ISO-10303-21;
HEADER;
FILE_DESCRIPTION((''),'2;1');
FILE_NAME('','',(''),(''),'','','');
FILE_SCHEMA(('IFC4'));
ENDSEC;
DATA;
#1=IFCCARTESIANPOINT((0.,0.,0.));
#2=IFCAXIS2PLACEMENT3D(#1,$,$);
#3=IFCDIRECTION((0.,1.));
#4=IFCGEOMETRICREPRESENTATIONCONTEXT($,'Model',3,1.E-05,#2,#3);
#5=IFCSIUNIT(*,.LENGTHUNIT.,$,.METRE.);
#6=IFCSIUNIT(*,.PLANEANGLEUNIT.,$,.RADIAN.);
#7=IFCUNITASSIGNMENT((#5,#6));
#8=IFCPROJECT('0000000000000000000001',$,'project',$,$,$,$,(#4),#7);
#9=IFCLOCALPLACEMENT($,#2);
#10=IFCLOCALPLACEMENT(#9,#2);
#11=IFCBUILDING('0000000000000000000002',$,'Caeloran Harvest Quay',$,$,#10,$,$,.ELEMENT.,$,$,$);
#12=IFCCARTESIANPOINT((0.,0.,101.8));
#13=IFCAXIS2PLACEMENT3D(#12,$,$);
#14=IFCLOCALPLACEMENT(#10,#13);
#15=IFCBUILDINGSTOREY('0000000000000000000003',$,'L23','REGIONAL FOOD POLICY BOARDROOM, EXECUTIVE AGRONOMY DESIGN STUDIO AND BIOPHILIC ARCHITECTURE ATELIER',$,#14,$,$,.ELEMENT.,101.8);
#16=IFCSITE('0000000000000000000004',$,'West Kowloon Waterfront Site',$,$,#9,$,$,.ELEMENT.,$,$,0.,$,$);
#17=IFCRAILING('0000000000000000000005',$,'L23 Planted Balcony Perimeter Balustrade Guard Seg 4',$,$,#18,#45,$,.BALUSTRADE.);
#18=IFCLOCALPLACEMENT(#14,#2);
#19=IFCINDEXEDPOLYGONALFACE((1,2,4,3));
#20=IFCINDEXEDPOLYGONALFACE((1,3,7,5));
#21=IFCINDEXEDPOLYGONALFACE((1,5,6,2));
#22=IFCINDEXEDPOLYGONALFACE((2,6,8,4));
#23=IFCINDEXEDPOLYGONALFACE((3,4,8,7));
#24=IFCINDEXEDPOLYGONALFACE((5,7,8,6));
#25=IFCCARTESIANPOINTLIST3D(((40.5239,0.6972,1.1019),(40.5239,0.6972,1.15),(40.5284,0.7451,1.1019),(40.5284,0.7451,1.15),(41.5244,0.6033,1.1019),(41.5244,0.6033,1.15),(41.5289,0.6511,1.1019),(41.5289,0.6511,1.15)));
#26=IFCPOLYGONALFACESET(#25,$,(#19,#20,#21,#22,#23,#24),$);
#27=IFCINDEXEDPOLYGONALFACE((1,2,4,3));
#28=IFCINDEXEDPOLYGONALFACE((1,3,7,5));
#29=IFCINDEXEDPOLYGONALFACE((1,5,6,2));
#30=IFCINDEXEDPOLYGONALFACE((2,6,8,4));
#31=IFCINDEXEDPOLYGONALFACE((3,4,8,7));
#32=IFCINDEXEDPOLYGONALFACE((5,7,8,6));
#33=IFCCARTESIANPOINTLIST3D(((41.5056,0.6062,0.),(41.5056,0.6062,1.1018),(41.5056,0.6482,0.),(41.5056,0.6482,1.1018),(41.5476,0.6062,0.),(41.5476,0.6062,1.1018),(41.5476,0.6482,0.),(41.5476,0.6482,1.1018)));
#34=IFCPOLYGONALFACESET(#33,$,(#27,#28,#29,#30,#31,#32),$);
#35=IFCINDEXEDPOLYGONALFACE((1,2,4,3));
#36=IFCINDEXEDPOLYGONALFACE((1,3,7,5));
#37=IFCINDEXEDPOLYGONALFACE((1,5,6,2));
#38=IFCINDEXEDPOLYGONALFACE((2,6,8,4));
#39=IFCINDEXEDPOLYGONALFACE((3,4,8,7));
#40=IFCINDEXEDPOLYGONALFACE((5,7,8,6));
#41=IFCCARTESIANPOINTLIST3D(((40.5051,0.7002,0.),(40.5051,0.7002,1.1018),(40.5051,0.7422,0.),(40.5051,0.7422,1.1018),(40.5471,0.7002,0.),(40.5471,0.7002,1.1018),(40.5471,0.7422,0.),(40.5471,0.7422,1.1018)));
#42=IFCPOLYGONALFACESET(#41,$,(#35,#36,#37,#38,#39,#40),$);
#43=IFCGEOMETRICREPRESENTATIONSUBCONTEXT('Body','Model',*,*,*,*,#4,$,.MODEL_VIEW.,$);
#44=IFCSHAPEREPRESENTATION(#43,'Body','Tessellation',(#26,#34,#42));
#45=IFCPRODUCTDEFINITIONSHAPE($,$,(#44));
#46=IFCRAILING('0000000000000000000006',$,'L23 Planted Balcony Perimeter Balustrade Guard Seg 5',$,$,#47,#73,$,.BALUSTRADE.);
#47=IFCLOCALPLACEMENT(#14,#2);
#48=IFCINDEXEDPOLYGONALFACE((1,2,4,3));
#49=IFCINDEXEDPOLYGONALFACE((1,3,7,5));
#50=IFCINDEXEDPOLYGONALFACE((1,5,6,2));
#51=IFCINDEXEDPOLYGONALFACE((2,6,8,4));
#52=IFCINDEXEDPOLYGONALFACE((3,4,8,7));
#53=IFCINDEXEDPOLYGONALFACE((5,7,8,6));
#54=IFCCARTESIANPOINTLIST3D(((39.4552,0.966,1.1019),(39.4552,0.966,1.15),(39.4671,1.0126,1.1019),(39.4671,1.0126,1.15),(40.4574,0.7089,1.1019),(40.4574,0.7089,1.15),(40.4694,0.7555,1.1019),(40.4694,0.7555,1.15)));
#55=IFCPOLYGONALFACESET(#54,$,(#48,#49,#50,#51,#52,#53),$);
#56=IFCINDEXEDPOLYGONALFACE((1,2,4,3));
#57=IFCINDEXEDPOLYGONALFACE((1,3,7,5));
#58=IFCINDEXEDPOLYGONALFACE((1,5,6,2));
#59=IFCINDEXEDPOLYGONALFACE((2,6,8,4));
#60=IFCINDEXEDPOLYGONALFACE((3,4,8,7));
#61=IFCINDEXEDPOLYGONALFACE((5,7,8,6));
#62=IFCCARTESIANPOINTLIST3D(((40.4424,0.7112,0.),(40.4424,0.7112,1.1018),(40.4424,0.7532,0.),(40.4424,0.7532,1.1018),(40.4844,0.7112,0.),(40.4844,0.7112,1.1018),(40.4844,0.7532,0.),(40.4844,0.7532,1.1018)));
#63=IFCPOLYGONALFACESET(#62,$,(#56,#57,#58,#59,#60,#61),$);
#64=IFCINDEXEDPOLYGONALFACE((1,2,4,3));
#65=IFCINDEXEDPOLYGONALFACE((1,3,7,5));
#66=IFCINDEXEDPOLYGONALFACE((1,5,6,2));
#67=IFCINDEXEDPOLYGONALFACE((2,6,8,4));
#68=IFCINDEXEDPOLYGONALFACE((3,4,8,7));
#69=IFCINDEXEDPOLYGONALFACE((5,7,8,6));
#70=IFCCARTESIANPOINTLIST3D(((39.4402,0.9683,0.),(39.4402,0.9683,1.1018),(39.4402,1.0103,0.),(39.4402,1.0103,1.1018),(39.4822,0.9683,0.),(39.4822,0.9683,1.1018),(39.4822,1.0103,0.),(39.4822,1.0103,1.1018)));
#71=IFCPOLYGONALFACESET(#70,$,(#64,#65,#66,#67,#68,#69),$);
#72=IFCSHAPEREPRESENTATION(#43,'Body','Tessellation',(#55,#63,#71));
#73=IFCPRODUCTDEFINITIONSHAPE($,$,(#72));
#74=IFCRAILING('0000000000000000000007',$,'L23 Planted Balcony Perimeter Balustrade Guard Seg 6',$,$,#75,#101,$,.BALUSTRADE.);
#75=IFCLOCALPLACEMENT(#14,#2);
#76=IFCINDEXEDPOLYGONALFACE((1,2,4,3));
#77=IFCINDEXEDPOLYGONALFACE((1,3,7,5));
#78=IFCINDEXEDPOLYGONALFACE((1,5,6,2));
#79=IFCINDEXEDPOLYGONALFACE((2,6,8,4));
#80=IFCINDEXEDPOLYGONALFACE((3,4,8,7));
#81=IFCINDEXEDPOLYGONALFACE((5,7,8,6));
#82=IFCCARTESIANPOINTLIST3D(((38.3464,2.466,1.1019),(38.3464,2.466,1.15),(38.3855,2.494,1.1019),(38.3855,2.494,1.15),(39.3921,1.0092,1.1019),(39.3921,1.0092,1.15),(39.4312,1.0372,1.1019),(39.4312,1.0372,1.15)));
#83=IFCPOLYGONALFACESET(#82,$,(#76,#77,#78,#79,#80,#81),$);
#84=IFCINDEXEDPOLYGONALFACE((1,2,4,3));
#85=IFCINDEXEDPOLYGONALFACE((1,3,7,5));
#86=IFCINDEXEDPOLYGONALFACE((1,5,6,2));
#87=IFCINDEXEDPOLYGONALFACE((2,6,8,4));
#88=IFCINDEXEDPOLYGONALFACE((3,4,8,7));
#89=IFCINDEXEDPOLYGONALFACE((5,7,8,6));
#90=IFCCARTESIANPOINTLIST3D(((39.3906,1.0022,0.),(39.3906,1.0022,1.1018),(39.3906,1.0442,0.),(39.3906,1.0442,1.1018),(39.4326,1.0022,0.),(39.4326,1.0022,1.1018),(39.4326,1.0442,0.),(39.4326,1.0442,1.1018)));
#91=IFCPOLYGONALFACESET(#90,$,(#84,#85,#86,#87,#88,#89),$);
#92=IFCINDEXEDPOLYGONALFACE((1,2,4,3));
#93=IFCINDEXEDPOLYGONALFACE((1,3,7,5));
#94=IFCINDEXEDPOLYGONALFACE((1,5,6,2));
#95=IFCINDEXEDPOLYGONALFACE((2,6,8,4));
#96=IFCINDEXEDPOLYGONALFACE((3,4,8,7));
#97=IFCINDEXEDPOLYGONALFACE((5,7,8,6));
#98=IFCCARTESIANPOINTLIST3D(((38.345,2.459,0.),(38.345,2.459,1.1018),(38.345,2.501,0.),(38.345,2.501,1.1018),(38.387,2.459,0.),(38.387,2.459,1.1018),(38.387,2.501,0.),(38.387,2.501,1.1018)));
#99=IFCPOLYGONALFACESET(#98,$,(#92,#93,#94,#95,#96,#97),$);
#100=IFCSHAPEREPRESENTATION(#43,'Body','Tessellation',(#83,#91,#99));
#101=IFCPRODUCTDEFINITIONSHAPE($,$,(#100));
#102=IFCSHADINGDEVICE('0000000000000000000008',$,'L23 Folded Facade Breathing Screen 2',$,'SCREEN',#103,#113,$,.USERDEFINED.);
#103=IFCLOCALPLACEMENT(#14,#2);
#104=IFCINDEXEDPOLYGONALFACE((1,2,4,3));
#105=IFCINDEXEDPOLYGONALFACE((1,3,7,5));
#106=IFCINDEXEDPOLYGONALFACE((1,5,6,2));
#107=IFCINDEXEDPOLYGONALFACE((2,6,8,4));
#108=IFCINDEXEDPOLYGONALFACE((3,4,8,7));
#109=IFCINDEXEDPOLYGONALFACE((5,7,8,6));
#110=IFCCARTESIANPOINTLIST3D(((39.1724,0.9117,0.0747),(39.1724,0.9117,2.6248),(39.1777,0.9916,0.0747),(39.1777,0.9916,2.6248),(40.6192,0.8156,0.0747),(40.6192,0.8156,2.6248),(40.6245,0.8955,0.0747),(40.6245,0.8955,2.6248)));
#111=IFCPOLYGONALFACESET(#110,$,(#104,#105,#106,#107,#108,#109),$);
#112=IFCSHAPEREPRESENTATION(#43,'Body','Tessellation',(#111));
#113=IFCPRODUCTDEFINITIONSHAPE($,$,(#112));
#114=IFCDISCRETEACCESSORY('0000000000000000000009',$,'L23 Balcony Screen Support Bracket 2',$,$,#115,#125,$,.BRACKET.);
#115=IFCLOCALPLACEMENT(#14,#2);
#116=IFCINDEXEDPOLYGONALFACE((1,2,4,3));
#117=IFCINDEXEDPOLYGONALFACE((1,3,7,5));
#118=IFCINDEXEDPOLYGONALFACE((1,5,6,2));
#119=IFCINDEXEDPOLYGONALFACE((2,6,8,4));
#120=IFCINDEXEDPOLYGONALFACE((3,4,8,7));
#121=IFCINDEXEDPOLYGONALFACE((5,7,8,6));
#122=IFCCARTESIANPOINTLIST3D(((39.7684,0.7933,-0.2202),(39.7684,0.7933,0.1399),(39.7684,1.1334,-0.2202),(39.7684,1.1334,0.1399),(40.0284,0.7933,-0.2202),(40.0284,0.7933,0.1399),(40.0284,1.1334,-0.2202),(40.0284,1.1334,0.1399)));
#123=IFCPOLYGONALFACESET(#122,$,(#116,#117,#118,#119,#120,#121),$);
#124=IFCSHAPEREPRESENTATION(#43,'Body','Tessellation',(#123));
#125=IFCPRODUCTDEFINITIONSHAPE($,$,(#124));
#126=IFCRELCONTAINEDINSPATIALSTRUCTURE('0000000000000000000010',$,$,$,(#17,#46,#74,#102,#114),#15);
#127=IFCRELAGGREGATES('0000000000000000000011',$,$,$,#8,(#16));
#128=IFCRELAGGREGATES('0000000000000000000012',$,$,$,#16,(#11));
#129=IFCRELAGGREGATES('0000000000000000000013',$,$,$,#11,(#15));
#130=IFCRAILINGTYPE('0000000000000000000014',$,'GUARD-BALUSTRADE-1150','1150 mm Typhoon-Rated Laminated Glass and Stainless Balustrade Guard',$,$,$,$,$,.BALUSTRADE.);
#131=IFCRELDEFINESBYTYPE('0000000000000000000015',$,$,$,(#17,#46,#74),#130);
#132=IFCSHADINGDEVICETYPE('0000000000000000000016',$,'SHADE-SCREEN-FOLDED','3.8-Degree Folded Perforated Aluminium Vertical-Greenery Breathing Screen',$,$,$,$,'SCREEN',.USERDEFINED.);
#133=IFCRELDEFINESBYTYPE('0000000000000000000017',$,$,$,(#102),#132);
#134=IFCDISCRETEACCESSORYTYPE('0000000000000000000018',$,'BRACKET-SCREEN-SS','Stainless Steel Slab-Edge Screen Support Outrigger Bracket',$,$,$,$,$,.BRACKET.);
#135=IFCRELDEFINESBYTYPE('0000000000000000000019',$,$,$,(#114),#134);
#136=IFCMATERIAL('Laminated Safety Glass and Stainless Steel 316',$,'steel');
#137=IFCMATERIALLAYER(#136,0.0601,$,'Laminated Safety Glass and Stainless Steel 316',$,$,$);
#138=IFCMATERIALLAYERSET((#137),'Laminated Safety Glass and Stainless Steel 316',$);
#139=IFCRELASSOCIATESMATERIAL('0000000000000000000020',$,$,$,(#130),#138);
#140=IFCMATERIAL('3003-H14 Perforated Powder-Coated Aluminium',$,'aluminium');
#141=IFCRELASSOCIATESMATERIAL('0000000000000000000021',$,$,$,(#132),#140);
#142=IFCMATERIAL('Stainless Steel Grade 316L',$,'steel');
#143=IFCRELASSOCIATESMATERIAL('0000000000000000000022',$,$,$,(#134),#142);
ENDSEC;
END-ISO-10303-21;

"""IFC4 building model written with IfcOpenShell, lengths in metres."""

from ifc_helpers import new_model, si_unit, direction, frame, origin, origin_2d, place, context, subcontext, project, spatial, rectangle, extrude, material, layer, layer_set, type_object, element, save


model = new_model("IFC4")

# Units and contexts
model_context = context("Model", 3, precision=1e-05, world=origin(), true_north=direction((0.0, 1.0)))
body_context = subcontext(model_context, "Body", "Model", "MODEL_VIEW")
ifc_project = project(units=[si_unit("LENGTHUNIT", "METRE"), si_unit("PLANEANGLEUNIT", "RADIAN")], contexts=[model_context])

# Site, building, storey
site_placement = place(None, origin())
site = spatial("IfcSite", under=ifc_project, at=site_placement, Name="West Kowloon Waterfront Site", CompositionType="ELEMENT", RefElevation=0.0)
building_placement = place(site_placement, origin())
building = spatial("IfcBuilding", under=site, at=building_placement, Name="Caeloran Harvest Quay", CompositionType="ELEMENT")
storey_placement = place(building_placement, frame((0.0, 0.0, 101.8)))
storey = spatial("IfcBuildingStorey", under=building, at=storey_placement, Name="L23", Description="REGIONAL FOOD POLICY BOARDROOM, EXECUTIVE AGRONOMY DESIGN STUDIO AND BIOPHILIC ARCHITECTURE ATELIER", CompositionType="ELEMENT", Elevation=101.8)

# Railings
ifc_material_1 = material(Name="Laminated Safety Glass and Stainless Steel 316", Category="steel")
ifc_layer_1 = layer(ifc_material_1, 0.0601, Name="Laminated Safety Glass and Stainless Steel 316")
ifc_layer_set_1 = layer_set([ifc_layer_1], Name="Laminated Safety Glass and Stainless Steel 316")
railing_type = type_object("IfcRailingType", Name="GUARD-BALUSTRADE-1150", Description="1150 mm Typhoon-Rated Laminated Glass and Stainless Balustrade Guard", PredefinedType="BALUSTRADE", material=ifc_layer_set_1)
railing_1_placement = place(storey_placement, frame((41.5266, 0.6272, 0.0)))
element("IfcRailing", 1, at=railing_1_placement, inside=storey, type_object=railing_type, Name="L23 Planted Balcony Perimeter Balustrade Guard Seg 4", PredefinedType="BALUSTRADE", context=body_context, shape_type="SweptSolid", body=[
    extrude(rectangle(XDim=0.0481, YDim=0.0481, at=origin_2d()), frame((0.0, 0.0, 1.126), z_axis=(-0.995616, 0.093536, 0.0), x_axis=(-0.093536, -0.995616, 0.0)), (0.0, 0.0, 1.0), 1.0049),
    extrude(rectangle(XDim=0.042, YDim=0.042, at=origin_2d()), origin(), (0.0, 0.0, 1.0), 1.1018),
    extrude(rectangle(XDim=0.042, YDim=0.042, at=origin_2d()), frame((-1.0005, 0.094, 0.0)), (0.0, 0.0, 1.0), 1.1018),
])
railing_2_placement = place(storey_placement, frame((40.4634, 0.7322, 0.0)))
element("IfcRailing", 2, at=railing_2_placement, inside=storey, type_object=railing_type, Name="L23 Planted Balcony Perimeter Balustrade Guard Seg 5", PredefinedType="BALUSTRADE", context=body_context, shape_type="SweptSolid", body=[
    extrude(rectangle(XDim=0.0481, YDim=0.0481, at=origin_2d()), frame((0.0, 0.0, 1.126), z_axis=(-0.968639, 0.248472, 0.0), x_axis=(-0.248472, -0.968639, 0.0)), (0.0, 0.0, 1.0), 1.0347),
    extrude(rectangle(XDim=0.042, YDim=0.042, at=origin_2d()), origin(), (0.0, 0.0, 1.0), 1.1018),
    extrude(rectangle(XDim=0.042, YDim=0.042, at=origin_2d()), frame((-1.0022, 0.2571, 0.0)), (0.0, 0.0, 1.0), 1.1018),
])
railing_3_placement = place(storey_placement, frame((39.4116, 1.0232, 0.0)))
element("IfcRailing", 3, at=railing_3_placement, inside=storey, type_object=railing_type, Name="L23 Planted Balcony Perimeter Balustrade Guard Seg 6", PredefinedType="BALUSTRADE", context=body_context, shape_type="SweptSolid", body=[
    extrude(rectangle(XDim=0.0481, YDim=0.0481, at=origin_2d()), frame((0.0, 0.0, 1.126), z_axis=(-0.583117, 0.812388, 0.0), x_axis=(-0.812388, -0.583117, 0.0)), (0.0, 0.0, 1.0), 1.7932),
    extrude(rectangle(XDim=0.042, YDim=0.042, at=origin_2d()), origin(), (0.0, 0.0, 1.0), 1.1018),
    extrude(rectangle(XDim=0.042, YDim=0.042, at=origin_2d()), frame((-1.0457, 1.4568, 0.0)), (0.0, 0.0, 1.0), 1.1018),
])

# Shading device
ifc_material_2 = material(Name="3003-H14 Perforated Powder-Coated Aluminium", Category="aluminium")
shading_device_type = type_object("IfcShadingDeviceType", Name="SHADE-SCREEN-FOLDED", Description="3.8-Degree Folded Perforated Aluminium Vertical-Greenery Breathing Screen", ElementType="SCREEN", PredefinedType="USERDEFINED", material=ifc_material_2)
shading_device_placement = place(storey_placement, frame((39.8984, 0.9036, 0.0747), z_axis=(0.0, 0.0, 1.0), x_axis=(0.997801, -0.066274, 0.0)))
element("IfcShadingDevice", 4, at=shading_device_placement, inside=storey, type_object=shading_device_type, Name="L23 Folded Facade Breathing Screen 2", ObjectType="SCREEN", PredefinedType="USERDEFINED", context=body_context, shape_type="SweptSolid", body=[
    extrude(rectangle(XDim=1.45, YDim=0.0801, at=origin_2d()), origin(), (0.0, 0.0, 1.0), 2.55),
])

# Discrete accessory
ifc_material_3 = material(Name="Stainless Steel Grade 316L", Category="steel")
discrete_accessory_type = type_object("IfcDiscreteAccessoryType", Name="BRACKET-SCREEN-SS", Description="Stainless Steel Slab-Edge Screen Support Outrigger Bracket", PredefinedType="BRACKET", material=ifc_material_3)
discrete_accessory_placement = place(storey_placement, frame((39.8984, 0.9634, -0.2202), z_axis=(0.0, 0.0, 1.0), x_axis=(1.0, 0.0, 0.0)))
element("IfcDiscreteAccessory", 5, at=discrete_accessory_placement, inside=storey, type_object=discrete_accessory_type, Name="L23 Balcony Screen Support Bracket 2", PredefinedType="BRACKET", context=body_context, shape_type="SweptSolid", body=[
    extrude(rectangle(XDim=0.26, YDim=0.3401, at=origin_2d()), origin(), (0.0, 0.0, 1.0), 0.3601),
])

save(model, "model.ifc")
